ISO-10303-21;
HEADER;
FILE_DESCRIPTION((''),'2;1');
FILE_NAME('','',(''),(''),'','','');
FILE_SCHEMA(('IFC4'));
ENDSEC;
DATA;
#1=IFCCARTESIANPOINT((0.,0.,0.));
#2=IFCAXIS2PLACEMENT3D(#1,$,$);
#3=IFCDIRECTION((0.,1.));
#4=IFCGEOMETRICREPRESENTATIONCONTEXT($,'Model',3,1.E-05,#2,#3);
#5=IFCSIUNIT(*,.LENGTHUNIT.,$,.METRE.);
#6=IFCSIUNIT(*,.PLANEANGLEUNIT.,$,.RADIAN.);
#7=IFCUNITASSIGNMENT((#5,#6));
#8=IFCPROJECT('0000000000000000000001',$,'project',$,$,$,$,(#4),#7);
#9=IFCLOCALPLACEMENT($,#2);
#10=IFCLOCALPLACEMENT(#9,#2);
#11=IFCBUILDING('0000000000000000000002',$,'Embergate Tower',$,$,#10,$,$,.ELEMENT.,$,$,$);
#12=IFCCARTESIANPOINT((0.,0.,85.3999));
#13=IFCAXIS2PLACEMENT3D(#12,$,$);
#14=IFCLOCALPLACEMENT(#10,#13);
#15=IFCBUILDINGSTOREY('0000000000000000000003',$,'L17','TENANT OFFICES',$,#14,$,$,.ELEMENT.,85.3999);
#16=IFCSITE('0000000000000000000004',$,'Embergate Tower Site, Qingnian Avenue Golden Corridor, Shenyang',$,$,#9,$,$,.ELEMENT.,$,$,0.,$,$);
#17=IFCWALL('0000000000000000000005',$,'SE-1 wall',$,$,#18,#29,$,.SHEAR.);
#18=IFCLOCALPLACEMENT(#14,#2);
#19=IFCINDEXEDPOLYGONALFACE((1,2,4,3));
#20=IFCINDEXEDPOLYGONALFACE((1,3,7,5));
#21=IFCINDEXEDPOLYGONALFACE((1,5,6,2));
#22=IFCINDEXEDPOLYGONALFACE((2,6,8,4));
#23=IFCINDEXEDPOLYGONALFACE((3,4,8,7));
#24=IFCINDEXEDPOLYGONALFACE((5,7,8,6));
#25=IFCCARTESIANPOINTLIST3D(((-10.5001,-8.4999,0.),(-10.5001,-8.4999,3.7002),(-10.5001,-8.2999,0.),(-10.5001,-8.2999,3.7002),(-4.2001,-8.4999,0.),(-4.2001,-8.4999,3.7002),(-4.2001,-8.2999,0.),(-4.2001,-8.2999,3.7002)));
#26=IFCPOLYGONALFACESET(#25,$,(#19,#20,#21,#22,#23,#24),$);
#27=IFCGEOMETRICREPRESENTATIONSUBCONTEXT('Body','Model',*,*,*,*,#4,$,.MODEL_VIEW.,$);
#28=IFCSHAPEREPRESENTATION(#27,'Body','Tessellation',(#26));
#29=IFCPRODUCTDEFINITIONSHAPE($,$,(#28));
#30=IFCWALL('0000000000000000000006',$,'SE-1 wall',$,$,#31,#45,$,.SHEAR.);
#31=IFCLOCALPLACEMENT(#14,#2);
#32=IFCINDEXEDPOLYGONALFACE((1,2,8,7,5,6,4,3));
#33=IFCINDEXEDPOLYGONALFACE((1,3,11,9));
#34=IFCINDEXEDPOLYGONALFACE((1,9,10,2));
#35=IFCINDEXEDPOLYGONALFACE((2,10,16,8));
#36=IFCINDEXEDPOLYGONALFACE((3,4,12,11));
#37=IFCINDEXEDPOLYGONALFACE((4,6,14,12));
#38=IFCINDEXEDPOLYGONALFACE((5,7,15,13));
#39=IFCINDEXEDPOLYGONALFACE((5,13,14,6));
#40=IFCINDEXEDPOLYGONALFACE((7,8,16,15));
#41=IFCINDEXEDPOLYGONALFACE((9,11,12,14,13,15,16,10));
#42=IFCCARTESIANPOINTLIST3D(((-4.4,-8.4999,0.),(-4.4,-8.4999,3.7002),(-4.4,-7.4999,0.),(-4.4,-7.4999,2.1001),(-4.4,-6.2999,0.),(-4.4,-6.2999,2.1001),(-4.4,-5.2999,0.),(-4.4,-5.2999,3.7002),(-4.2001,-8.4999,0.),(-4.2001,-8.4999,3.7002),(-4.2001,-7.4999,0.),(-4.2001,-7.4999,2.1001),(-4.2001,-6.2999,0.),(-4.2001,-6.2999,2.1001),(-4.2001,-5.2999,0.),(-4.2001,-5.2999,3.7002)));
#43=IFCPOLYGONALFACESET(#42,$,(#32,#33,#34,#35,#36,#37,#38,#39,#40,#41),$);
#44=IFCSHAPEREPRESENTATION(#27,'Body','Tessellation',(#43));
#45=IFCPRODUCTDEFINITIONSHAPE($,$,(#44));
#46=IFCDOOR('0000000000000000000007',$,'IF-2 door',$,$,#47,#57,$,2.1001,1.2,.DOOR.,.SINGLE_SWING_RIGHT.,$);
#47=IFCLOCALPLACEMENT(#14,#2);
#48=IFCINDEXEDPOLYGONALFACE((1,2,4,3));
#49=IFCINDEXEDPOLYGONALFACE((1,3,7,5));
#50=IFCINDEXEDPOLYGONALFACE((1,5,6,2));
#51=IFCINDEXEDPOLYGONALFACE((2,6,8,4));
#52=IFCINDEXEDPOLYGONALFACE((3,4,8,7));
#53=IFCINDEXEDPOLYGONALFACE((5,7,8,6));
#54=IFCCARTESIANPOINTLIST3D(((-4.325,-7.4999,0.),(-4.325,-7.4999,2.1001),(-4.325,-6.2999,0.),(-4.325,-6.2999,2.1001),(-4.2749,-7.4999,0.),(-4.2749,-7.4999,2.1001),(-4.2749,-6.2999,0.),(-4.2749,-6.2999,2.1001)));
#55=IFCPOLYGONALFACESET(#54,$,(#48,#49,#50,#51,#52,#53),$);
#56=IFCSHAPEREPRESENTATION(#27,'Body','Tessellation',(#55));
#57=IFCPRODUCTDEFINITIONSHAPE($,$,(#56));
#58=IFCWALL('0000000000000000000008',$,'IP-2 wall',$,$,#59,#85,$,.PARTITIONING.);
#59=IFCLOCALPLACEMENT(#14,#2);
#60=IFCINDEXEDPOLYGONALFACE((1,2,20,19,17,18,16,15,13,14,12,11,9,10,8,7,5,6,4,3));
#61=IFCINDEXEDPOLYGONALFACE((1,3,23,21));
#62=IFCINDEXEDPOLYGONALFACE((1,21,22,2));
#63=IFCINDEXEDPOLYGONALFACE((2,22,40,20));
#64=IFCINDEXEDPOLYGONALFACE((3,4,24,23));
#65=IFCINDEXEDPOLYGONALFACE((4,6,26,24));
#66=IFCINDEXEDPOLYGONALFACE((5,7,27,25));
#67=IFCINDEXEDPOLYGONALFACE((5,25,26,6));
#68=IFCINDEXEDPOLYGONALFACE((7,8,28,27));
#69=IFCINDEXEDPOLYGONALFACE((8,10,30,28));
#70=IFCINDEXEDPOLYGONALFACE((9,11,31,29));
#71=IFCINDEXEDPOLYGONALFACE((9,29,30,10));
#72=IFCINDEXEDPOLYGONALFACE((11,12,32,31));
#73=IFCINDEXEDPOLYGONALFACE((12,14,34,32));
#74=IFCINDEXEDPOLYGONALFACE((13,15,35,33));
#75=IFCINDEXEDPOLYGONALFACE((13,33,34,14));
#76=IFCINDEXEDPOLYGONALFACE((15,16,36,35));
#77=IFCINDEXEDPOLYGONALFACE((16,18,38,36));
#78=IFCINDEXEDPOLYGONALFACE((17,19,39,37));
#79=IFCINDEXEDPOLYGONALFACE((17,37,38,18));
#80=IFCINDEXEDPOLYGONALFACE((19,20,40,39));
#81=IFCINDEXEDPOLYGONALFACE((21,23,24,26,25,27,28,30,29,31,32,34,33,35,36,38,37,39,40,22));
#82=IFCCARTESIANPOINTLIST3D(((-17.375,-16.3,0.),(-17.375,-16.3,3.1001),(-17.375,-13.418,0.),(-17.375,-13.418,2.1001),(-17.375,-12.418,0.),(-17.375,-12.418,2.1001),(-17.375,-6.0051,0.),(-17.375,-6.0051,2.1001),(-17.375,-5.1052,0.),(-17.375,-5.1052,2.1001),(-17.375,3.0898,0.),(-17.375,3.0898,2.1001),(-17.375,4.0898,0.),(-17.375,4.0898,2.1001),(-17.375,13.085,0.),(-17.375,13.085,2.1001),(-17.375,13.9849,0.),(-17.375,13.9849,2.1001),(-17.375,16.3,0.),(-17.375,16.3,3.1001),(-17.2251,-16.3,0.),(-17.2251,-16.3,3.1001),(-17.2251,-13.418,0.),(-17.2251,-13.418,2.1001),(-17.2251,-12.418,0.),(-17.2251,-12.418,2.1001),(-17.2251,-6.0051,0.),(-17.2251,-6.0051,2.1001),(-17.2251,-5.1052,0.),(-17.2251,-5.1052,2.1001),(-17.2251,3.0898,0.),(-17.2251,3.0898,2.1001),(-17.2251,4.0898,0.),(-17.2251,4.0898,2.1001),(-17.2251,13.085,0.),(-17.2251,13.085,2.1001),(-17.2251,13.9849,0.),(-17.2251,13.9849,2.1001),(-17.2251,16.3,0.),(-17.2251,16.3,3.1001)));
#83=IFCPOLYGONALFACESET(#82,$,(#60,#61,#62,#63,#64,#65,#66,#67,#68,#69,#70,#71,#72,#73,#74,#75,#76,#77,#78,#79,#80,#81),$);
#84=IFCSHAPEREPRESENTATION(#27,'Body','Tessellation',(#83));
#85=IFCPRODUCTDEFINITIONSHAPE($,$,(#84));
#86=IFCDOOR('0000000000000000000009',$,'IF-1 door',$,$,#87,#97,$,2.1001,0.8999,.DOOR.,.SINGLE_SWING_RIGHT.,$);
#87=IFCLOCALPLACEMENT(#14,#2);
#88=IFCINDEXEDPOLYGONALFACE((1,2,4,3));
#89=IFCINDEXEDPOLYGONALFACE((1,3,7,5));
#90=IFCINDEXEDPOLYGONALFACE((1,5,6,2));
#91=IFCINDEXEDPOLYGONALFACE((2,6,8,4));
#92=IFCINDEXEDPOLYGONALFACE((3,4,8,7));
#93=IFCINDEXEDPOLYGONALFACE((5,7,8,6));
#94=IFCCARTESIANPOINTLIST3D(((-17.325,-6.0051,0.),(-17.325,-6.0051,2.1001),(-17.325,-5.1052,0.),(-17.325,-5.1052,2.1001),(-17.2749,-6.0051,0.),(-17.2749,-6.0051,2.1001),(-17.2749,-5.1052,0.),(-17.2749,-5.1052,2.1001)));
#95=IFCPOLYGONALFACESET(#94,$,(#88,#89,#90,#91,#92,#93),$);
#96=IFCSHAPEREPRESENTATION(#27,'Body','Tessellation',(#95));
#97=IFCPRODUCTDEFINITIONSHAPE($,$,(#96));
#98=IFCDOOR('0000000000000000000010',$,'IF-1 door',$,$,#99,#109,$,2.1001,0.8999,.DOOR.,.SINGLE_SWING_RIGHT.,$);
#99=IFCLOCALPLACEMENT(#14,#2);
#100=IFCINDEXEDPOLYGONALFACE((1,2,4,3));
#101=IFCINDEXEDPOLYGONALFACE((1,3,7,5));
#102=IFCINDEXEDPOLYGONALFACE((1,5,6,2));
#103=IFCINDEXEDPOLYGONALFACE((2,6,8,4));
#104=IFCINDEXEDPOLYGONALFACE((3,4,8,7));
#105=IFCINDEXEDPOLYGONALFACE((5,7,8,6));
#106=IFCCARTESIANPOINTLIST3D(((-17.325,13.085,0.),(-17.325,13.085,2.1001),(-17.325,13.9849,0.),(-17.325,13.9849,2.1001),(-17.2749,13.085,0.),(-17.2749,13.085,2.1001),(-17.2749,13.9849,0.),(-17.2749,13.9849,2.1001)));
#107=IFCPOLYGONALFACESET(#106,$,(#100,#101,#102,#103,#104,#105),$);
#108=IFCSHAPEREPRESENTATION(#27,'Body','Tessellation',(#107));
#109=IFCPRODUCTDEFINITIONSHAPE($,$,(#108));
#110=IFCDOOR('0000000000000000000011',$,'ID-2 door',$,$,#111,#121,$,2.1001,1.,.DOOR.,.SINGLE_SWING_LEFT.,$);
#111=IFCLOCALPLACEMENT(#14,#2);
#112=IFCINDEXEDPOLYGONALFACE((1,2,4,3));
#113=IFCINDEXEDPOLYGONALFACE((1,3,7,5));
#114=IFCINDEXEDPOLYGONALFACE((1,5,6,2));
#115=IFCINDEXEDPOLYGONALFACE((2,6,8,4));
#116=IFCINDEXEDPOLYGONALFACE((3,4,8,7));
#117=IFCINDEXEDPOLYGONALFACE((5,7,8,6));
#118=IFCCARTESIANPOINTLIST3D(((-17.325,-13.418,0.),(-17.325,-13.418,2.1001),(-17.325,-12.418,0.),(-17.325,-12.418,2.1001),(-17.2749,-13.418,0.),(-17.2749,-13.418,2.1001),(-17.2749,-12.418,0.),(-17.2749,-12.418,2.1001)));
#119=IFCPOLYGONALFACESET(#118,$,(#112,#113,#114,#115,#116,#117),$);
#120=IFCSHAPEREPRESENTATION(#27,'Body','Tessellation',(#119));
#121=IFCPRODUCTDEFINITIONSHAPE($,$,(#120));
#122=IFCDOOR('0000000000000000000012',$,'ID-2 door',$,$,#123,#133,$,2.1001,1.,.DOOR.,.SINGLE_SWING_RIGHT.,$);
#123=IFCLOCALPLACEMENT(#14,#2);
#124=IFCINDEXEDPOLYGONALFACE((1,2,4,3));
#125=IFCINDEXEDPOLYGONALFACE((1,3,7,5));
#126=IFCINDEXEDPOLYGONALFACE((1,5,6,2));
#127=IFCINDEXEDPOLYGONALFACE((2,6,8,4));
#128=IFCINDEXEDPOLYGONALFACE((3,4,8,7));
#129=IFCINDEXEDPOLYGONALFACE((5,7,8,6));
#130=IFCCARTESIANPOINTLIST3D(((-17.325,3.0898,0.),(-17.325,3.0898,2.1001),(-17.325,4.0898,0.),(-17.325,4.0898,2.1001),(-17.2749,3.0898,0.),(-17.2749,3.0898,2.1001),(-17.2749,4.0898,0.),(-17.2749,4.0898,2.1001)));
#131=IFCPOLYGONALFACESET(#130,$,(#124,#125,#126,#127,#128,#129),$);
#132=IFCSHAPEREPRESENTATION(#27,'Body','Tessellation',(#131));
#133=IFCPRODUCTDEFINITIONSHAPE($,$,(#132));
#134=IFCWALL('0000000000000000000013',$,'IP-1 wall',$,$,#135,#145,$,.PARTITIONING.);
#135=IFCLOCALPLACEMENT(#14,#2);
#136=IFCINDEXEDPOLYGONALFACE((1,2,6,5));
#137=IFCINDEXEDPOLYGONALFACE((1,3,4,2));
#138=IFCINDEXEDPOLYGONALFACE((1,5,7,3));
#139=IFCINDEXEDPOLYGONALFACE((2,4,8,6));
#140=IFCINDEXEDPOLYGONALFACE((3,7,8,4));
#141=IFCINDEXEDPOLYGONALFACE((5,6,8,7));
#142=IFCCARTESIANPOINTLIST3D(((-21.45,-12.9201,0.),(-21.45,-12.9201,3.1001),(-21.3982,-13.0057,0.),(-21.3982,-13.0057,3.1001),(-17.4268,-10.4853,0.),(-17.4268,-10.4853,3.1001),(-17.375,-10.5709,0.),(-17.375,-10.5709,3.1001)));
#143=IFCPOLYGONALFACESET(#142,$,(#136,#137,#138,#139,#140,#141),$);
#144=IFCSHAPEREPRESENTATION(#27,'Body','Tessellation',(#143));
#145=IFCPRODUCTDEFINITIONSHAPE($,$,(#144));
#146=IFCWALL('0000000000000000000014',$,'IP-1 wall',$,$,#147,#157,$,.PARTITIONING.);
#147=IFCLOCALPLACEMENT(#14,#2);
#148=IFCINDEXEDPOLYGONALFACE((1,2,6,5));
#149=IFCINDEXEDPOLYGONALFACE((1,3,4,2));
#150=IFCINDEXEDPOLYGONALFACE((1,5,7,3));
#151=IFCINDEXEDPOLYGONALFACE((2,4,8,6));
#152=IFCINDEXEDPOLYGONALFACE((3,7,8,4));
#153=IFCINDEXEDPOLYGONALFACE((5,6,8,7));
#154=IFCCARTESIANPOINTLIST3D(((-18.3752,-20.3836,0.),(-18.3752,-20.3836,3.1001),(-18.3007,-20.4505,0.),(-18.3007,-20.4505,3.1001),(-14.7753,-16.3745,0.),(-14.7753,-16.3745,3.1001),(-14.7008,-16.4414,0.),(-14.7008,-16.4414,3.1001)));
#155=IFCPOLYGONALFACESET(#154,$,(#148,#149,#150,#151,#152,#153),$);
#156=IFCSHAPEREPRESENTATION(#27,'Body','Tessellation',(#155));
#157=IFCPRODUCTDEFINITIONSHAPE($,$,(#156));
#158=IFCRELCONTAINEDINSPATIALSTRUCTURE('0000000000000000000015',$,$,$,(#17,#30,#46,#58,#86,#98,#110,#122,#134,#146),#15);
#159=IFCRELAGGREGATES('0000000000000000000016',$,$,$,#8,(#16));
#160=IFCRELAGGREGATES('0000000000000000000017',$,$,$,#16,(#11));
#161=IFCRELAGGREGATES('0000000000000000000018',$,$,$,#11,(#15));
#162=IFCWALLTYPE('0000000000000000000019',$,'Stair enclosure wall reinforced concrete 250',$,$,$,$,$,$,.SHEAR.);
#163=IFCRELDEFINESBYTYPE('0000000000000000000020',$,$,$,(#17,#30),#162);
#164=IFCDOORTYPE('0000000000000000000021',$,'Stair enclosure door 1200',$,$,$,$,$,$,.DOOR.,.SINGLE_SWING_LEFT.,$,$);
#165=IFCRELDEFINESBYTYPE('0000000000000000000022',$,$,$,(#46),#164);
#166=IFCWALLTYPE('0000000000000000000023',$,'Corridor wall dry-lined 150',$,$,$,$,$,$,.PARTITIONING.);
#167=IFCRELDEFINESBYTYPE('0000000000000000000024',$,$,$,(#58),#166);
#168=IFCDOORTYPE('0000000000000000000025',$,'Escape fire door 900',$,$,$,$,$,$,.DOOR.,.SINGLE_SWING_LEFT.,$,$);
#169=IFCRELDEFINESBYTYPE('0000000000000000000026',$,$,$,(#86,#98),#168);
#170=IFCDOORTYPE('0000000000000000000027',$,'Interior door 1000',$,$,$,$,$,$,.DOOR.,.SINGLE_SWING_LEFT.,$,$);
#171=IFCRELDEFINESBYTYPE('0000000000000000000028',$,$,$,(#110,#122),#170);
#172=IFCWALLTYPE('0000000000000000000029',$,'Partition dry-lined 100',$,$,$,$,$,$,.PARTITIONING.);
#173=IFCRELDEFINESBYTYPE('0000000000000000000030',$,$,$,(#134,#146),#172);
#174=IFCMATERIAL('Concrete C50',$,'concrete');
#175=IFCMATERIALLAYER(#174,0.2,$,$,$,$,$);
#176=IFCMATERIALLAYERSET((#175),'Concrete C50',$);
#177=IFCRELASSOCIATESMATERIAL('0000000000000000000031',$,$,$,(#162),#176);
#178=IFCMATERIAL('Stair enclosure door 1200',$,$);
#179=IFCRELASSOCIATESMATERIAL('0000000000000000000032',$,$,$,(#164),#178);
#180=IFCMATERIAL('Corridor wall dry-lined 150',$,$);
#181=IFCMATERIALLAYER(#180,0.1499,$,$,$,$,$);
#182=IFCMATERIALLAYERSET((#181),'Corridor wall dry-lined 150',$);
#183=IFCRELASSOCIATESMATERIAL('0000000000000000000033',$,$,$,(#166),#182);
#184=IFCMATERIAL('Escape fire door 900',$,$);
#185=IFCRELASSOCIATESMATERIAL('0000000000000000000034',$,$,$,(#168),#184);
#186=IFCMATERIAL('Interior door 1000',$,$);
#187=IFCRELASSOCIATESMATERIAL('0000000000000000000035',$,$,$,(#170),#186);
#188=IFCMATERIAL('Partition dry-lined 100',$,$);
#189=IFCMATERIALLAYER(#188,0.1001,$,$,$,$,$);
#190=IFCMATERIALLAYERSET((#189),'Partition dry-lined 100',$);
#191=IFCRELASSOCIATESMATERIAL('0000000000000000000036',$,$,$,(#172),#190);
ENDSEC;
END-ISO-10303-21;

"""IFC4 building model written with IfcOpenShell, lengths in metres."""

from ifc_helpers import new_model, si_unit, direction, frame, frame_2d, origin, place, context, subcontext, project, spatial, rectangle, extrude, source, transform, mapped, material, layer, layer_set, type_object, element, fill, save


model = new_model("IFC4")

# Units and contexts
model_context = context("Model", 3, precision=1e-05, world=origin(), true_north=direction((0.0, 1.0)))
body_context = subcontext(model_context, "Body", "Model", "MODEL_VIEW")
ifc_project = project(units=[si_unit("LENGTHUNIT", "METRE"), si_unit("PLANEANGLEUNIT", "RADIAN")], contexts=[model_context])

# Site, building, storey
site_placement = place(None, origin())
site = spatial("IfcSite", under=ifc_project, at=site_placement, Name="Embergate Tower Site, Qingnian Avenue Golden Corridor, Shenyang", CompositionType="ELEMENT", RefElevation=0.0)
building_placement = place(site_placement, origin())
building = spatial("IfcBuilding", under=site, at=building_placement, Name="Embergate Tower", CompositionType="ELEMENT")
storey_placement = place(building_placement, frame((0.0, 0.0, 85.3999)))
storey = spatial("IfcBuildingStorey", under=building, at=storey_placement, Name="L17", Description="TENANT OFFICES", CompositionType="ELEMENT", Elevation=85.3999)

# Shared definitions
shared_shape_1 = source(origin(), body_context, "Body", "SweptSolid", [
    extrude(rectangle(XDim=1.2, YDim=2.1001, at=frame_2d((0.6001, 1.05))), frame((0.0, 0.0249, 0.0), z_axis=(0.0, -1.0, 0.0), x_axis=(1.0, 0.0, 0.0)), (0.0, 0.0, 1.0), 0.05),
])

# Shared definitions
shared_shape_2 = source(origin(), body_context, "Body", "SweptSolid", [
    extrude(rectangle(XDim=0.8999, YDim=2.1001, at=frame_2d((0.45, 1.05))), frame((0.0, 0.0249, 0.0), z_axis=(0.0, -1.0, 0.0), x_axis=(1.0, 0.0, 0.0)), (0.0, 0.0, 1.0), 0.05),
])

# Wall
ifc_material_1 = material(Name="Concrete C50", Category="concrete")
ifc_layer_1 = layer(ifc_material_1, 0.2)
ifc_layer_set_1 = layer_set([ifc_layer_1], Name="Concrete C50")
wall_type_1 = type_object("IfcWallType", Name="Stair enclosure wall reinforced concrete 250", PredefinedType="SHEAR", material=ifc_layer_set_1)
shared_shape_3 = source(origin(), body_context, "Body", "SweptSolid", [
    extrude(rectangle(XDim=6.3, YDim=0.2, at=frame_2d((3.1499, 0.0))), origin(), (0.0, 0.0, 1.0), 3.7002),
])
wall_1_placement = place(storey_placement, frame((-10.5, -8.3999, 0.0), z_axis=(0.0, 0.0, 1.0), x_axis=(1.0, 0.0, 0.0)))
element("IfcWall", 1, at=wall_1_placement, inside=storey, type_object=wall_type_1, Name="SE-1 wall", PredefinedType="SHEAR", context=body_context, shape_type="MappedRepresentation", body=[
    mapped(shared_shape_3, transform((0.0, 0.0, 0.0))),
])

# Wall, opening, door
shared_shape_4 = source(origin(), body_context, "Body", "SweptSolid", [
    extrude(rectangle(XDim=3.2, YDim=0.2, at=frame_2d((1.6001, 0.0))), origin(), (0.0, 0.0, 1.0), 3.7002),
])
wall_2_placement = place(storey_placement, frame((-4.3, -8.5, 0.0), z_axis=(0.0, 0.0, 1.0), x_axis=(0.0, 1.0, 0.0)))
wall_2 = element("IfcWall", 2, at=wall_2_placement, inside=storey, type_object=wall_type_1, Name="SE-1 wall", PredefinedType="SHEAR", context=body_context, shape_type="MappedRepresentation", body=[
    mapped(shared_shape_4, transform((0.0, 0.0, 0.0))),
])
shared_shape_5 = source(origin(), body_context, "Body", "SweptSolid", [
    extrude(rectangle(XDim=1.2, YDim=2.1001, at=frame_2d((0.6001, 1.05))), frame((0.0, 0.1099, 0.0), z_axis=(0.0, -1.0, 0.0), x_axis=(1.0, 0.0, 0.0)), (0.0, 0.0, 1.0), 0.22),
])
opening_1_placement = place(wall_2_placement, frame((1.0, 0.0, 0.0)))
opening_1 = element("IfcOpeningElement", 3, at=opening_1_placement, cuts=wall_2, PredefinedType="OPENING", context=body_context, shape_type="MappedRepresentation", body=[
    mapped(shared_shape_5, transform((0.0, 0.0, 0.0))),
])
ifc_material_2 = material(Name="Stair enclosure door 1200")
door_type_1 = type_object("IfcDoorType", Name="Stair enclosure door 1200", OperationType="SINGLE_SWING_LEFT", PredefinedType="DOOR", material=ifc_material_2)
door_1_placement = place(opening_1_placement, origin())
door_1 = element("IfcDoor", 4, at=door_1_placement, inside=storey, type_object=door_type_1, Name="IF-2 door", OperationType="SINGLE_SWING_RIGHT", OverallHeight=2.1001, OverallWidth=1.2, PredefinedType="DOOR", context=body_context, shape_type="MappedRepresentation", body=[
    mapped(shared_shape_1, transform((0.0, 0.0, 0.0))),
])
fill(opening_1, door_1)

# Wall, openings, doors
ifc_material_3 = material(Name="Corridor wall dry-lined 150")
ifc_layer_2 = layer(ifc_material_3, 0.1499)
ifc_layer_set_2 = layer_set([ifc_layer_2], Name="Corridor wall dry-lined 150")
wall_type_2 = type_object("IfcWallType", Name="Corridor wall dry-lined 150", PredefinedType="PARTITIONING", material=ifc_layer_set_2)
shared_shape_6 = source(origin(), body_context, "Body", "SweptSolid", [
    extrude(rectangle(XDim=32.6001, YDim=0.1499, at=frame_2d((16.3, 0.0))), origin(), (0.0, 0.0, 1.0), 3.1001),
])
wall_3_placement = place(storey_placement, frame((-17.3, -16.3, 0.0), z_axis=(0.0, 0.0, 1.0), x_axis=(0.0, 1.0, 0.0)))
wall_3 = element("IfcWall", 5, at=wall_3_placement, inside=storey, type_object=wall_type_2, Name="IP-2 wall", PredefinedType="PARTITIONING", context=body_context, shape_type="MappedRepresentation", body=[
    mapped(shared_shape_6, transform((0.0, 0.0, 0.0))),
])
shared_shape_7 = source(origin(), body_context, "Body", "SweptSolid", [
    extrude(rectangle(XDim=0.8999, YDim=2.1001, at=frame_2d((0.45, 1.05))), frame((0.0, 0.085, 0.0), z_axis=(0.0, -1.0, 0.0), x_axis=(1.0, 0.0, 0.0)), (0.0, 0.0, 1.0), 0.1699),
])
opening_2_placement = place(wall_3_placement, frame((10.2949, 0.0, 0.0)))
opening_2 = element("IfcOpeningElement", 6, at=opening_2_placement, cuts=wall_3, PredefinedType="OPENING", context=body_context, shape_type="MappedRepresentation", body=[
    mapped(shared_shape_7, transform((0.0, 0.0, 0.0))),
])
shared_shape_8 = source(origin(), body_context, "Body", "SweptSolid", [
    extrude(rectangle(XDim=1.0, YDim=2.1001, at=frame_2d((0.5, 1.05))), frame((0.0, 0.085, 0.0), z_axis=(0.0, -1.0, 0.0), x_axis=(1.0, 0.0, 0.0)), (0.0, 0.0, 1.0), 0.1699),
])
opening_3_placement = place(wall_3_placement, frame((2.8821, 0.0, 0.0)))
opening_3 = element("IfcOpeningElement", 7, at=opening_3_placement, cuts=wall_3, PredefinedType="OPENING", context=body_context, shape_type="MappedRepresentation", body=[
    mapped(shared_shape_8, transform((0.0, 0.0, 0.0))),
])
opening_4_placement = place(wall_3_placement, frame((29.385, 0.0, 0.0)))
opening_4 = element("IfcOpeningElement", 8, at=opening_4_placement, cuts=wall_3, PredefinedType="OPENING", context=body_context, shape_type="MappedRepresentation", body=[
    mapped(shared_shape_7, transform((0.0, 0.0, 0.0))),
])
opening_5_placement = place(wall_3_placement, frame((19.3899, 0.0, 0.0)))
opening_5 = element("IfcOpeningElement", 9, at=opening_5_placement, cuts=wall_3, PredefinedType="OPENING", context=body_context, shape_type="MappedRepresentation", body=[
    mapped(shared_shape_8, transform((0.0, 0.0, 0.0))),
])
ifc_material_4 = material(Name="Escape fire door 900")
door_type_2 = type_object("IfcDoorType", Name="Escape fire door 900", OperationType="SINGLE_SWING_LEFT", PredefinedType="DOOR", material=ifc_material_4)
door_2_placement = place(opening_2_placement, origin())
door_2 = element("IfcDoor", 10, at=door_2_placement, inside=storey, type_object=door_type_2, Name="IF-1 door", OperationType="SINGLE_SWING_RIGHT", OverallHeight=2.1001, OverallWidth=0.8999, PredefinedType="DOOR", context=body_context, shape_type="MappedRepresentation", body=[
    mapped(shared_shape_2, transform((0.0, 0.0, 0.0))),
])
fill(opening_2, door_2)
door_3_placement = place(opening_4_placement, origin())
door_3 = element("IfcDoor", 11, at=door_3_placement, inside=storey, type_object=door_type_2, Name="IF-1 door", OperationType="SINGLE_SWING_RIGHT", OverallHeight=2.1001, OverallWidth=0.8999, PredefinedType="DOOR", context=body_context, shape_type="MappedRepresentation", body=[
    mapped(shared_shape_2, transform((0.0, 0.0, 0.0))),
])
fill(opening_4, door_3)
ifc_material_5 = material(Name="Interior door 1000")
door_type_3 = type_object("IfcDoorType", Name="Interior door 1000", OperationType="SINGLE_SWING_LEFT", PredefinedType="DOOR", material=ifc_material_5)
shared_shape_9 = source(origin(), body_context, "Body", "SweptSolid", [
    extrude(rectangle(XDim=1.0, YDim=2.1001, at=frame_2d((0.5, 1.05))), frame((0.0, 0.0249, 0.0), z_axis=(0.0, -1.0, 0.0), x_axis=(1.0, 0.0, 0.0)), (0.0, 0.0, 1.0), 0.05),
])
door_4_placement = place(opening_3_placement, origin())
door_4 = element("IfcDoor", 12, at=door_4_placement, inside=storey, type_object=door_type_3, Name="ID-2 door", OperationType="SINGLE_SWING_LEFT", OverallHeight=2.1001, OverallWidth=1.0, PredefinedType="DOOR", context=body_context, shape_type="MappedRepresentation", body=[
    mapped(shared_shape_9, transform((0.0, 0.0, 0.0))),
])
fill(opening_3, door_4)
door_5_placement = place(opening_5_placement, origin())
door_5 = element("IfcDoor", 13, at=door_5_placement, inside=storey, type_object=door_type_3, Name="ID-2 door", OperationType="SINGLE_SWING_RIGHT", OverallHeight=2.1001, OverallWidth=1.0, PredefinedType="DOOR", context=body_context, shape_type="MappedRepresentation", body=[
    mapped(shared_shape_9, transform((0.0, 0.0, 0.0))),
])
fill(opening_5, door_5)

# Walls
ifc_material_6 = material(Name="Partition dry-lined 100")
ifc_layer_3 = layer(ifc_material_6, 0.1001)
ifc_layer_set_3 = layer_set([ifc_layer_3], Name="Partition dry-lined 100")
wall_type_3 = type_object("IfcWallType", Name="Partition dry-lined 100", PredefinedType="PARTITIONING", material=ifc_layer_set_3)
shared_shape_10 = source(origin(), body_context, "Body", "SweptSolid", [
    extrude(rectangle(XDim=4.7026, YDim=0.1001, at=frame_2d((2.3513, 0.0))), origin(), (0.0, 0.0, 1.0), 3.1001),
])
wall_4_placement = place(storey_placement, frame((-17.4009, -10.5281, 0.0), z_axis=(0.0, 0.0, 1.0), x_axis=(-0.855526, -0.51776, 0.0)))
element("IfcWall", 14, at=wall_4_placement, inside=storey, type_object=wall_type_3, Name="IP-1 wall", PredefinedType="PARTITIONING", context=body_context, shape_type="MappedRepresentation", body=[
    mapped(shared_shape_10, transform((0.0, 0.0, 0.0))),
])
shared_shape_11 = source(origin(), body_context, "Body", "SweptSolid", [
    extrude(rectangle(XDim=5.3882, YDim=0.1001, at=frame_2d((2.6941, 0.0))), origin(), (0.0, 0.0, 1.0), 3.1001),
])
wall_5_placement = place(storey_placement, frame((-14.738, -16.408, 0.0), z_axis=(0.0, 0.0, 1.0), x_axis=(-0.668116, -0.744057, 0.0)))
element("IfcWall", 15, at=wall_5_placement, inside=storey, type_object=wall_type_3, Name="IP-1 wall", PredefinedType="PARTITIONING", context=body_context, shape_type="MappedRepresentation", body=[
    mapped(shared_shape_11, transform((0.0, 0.0, 0.0))),
])

save(model, "model.ifc")
